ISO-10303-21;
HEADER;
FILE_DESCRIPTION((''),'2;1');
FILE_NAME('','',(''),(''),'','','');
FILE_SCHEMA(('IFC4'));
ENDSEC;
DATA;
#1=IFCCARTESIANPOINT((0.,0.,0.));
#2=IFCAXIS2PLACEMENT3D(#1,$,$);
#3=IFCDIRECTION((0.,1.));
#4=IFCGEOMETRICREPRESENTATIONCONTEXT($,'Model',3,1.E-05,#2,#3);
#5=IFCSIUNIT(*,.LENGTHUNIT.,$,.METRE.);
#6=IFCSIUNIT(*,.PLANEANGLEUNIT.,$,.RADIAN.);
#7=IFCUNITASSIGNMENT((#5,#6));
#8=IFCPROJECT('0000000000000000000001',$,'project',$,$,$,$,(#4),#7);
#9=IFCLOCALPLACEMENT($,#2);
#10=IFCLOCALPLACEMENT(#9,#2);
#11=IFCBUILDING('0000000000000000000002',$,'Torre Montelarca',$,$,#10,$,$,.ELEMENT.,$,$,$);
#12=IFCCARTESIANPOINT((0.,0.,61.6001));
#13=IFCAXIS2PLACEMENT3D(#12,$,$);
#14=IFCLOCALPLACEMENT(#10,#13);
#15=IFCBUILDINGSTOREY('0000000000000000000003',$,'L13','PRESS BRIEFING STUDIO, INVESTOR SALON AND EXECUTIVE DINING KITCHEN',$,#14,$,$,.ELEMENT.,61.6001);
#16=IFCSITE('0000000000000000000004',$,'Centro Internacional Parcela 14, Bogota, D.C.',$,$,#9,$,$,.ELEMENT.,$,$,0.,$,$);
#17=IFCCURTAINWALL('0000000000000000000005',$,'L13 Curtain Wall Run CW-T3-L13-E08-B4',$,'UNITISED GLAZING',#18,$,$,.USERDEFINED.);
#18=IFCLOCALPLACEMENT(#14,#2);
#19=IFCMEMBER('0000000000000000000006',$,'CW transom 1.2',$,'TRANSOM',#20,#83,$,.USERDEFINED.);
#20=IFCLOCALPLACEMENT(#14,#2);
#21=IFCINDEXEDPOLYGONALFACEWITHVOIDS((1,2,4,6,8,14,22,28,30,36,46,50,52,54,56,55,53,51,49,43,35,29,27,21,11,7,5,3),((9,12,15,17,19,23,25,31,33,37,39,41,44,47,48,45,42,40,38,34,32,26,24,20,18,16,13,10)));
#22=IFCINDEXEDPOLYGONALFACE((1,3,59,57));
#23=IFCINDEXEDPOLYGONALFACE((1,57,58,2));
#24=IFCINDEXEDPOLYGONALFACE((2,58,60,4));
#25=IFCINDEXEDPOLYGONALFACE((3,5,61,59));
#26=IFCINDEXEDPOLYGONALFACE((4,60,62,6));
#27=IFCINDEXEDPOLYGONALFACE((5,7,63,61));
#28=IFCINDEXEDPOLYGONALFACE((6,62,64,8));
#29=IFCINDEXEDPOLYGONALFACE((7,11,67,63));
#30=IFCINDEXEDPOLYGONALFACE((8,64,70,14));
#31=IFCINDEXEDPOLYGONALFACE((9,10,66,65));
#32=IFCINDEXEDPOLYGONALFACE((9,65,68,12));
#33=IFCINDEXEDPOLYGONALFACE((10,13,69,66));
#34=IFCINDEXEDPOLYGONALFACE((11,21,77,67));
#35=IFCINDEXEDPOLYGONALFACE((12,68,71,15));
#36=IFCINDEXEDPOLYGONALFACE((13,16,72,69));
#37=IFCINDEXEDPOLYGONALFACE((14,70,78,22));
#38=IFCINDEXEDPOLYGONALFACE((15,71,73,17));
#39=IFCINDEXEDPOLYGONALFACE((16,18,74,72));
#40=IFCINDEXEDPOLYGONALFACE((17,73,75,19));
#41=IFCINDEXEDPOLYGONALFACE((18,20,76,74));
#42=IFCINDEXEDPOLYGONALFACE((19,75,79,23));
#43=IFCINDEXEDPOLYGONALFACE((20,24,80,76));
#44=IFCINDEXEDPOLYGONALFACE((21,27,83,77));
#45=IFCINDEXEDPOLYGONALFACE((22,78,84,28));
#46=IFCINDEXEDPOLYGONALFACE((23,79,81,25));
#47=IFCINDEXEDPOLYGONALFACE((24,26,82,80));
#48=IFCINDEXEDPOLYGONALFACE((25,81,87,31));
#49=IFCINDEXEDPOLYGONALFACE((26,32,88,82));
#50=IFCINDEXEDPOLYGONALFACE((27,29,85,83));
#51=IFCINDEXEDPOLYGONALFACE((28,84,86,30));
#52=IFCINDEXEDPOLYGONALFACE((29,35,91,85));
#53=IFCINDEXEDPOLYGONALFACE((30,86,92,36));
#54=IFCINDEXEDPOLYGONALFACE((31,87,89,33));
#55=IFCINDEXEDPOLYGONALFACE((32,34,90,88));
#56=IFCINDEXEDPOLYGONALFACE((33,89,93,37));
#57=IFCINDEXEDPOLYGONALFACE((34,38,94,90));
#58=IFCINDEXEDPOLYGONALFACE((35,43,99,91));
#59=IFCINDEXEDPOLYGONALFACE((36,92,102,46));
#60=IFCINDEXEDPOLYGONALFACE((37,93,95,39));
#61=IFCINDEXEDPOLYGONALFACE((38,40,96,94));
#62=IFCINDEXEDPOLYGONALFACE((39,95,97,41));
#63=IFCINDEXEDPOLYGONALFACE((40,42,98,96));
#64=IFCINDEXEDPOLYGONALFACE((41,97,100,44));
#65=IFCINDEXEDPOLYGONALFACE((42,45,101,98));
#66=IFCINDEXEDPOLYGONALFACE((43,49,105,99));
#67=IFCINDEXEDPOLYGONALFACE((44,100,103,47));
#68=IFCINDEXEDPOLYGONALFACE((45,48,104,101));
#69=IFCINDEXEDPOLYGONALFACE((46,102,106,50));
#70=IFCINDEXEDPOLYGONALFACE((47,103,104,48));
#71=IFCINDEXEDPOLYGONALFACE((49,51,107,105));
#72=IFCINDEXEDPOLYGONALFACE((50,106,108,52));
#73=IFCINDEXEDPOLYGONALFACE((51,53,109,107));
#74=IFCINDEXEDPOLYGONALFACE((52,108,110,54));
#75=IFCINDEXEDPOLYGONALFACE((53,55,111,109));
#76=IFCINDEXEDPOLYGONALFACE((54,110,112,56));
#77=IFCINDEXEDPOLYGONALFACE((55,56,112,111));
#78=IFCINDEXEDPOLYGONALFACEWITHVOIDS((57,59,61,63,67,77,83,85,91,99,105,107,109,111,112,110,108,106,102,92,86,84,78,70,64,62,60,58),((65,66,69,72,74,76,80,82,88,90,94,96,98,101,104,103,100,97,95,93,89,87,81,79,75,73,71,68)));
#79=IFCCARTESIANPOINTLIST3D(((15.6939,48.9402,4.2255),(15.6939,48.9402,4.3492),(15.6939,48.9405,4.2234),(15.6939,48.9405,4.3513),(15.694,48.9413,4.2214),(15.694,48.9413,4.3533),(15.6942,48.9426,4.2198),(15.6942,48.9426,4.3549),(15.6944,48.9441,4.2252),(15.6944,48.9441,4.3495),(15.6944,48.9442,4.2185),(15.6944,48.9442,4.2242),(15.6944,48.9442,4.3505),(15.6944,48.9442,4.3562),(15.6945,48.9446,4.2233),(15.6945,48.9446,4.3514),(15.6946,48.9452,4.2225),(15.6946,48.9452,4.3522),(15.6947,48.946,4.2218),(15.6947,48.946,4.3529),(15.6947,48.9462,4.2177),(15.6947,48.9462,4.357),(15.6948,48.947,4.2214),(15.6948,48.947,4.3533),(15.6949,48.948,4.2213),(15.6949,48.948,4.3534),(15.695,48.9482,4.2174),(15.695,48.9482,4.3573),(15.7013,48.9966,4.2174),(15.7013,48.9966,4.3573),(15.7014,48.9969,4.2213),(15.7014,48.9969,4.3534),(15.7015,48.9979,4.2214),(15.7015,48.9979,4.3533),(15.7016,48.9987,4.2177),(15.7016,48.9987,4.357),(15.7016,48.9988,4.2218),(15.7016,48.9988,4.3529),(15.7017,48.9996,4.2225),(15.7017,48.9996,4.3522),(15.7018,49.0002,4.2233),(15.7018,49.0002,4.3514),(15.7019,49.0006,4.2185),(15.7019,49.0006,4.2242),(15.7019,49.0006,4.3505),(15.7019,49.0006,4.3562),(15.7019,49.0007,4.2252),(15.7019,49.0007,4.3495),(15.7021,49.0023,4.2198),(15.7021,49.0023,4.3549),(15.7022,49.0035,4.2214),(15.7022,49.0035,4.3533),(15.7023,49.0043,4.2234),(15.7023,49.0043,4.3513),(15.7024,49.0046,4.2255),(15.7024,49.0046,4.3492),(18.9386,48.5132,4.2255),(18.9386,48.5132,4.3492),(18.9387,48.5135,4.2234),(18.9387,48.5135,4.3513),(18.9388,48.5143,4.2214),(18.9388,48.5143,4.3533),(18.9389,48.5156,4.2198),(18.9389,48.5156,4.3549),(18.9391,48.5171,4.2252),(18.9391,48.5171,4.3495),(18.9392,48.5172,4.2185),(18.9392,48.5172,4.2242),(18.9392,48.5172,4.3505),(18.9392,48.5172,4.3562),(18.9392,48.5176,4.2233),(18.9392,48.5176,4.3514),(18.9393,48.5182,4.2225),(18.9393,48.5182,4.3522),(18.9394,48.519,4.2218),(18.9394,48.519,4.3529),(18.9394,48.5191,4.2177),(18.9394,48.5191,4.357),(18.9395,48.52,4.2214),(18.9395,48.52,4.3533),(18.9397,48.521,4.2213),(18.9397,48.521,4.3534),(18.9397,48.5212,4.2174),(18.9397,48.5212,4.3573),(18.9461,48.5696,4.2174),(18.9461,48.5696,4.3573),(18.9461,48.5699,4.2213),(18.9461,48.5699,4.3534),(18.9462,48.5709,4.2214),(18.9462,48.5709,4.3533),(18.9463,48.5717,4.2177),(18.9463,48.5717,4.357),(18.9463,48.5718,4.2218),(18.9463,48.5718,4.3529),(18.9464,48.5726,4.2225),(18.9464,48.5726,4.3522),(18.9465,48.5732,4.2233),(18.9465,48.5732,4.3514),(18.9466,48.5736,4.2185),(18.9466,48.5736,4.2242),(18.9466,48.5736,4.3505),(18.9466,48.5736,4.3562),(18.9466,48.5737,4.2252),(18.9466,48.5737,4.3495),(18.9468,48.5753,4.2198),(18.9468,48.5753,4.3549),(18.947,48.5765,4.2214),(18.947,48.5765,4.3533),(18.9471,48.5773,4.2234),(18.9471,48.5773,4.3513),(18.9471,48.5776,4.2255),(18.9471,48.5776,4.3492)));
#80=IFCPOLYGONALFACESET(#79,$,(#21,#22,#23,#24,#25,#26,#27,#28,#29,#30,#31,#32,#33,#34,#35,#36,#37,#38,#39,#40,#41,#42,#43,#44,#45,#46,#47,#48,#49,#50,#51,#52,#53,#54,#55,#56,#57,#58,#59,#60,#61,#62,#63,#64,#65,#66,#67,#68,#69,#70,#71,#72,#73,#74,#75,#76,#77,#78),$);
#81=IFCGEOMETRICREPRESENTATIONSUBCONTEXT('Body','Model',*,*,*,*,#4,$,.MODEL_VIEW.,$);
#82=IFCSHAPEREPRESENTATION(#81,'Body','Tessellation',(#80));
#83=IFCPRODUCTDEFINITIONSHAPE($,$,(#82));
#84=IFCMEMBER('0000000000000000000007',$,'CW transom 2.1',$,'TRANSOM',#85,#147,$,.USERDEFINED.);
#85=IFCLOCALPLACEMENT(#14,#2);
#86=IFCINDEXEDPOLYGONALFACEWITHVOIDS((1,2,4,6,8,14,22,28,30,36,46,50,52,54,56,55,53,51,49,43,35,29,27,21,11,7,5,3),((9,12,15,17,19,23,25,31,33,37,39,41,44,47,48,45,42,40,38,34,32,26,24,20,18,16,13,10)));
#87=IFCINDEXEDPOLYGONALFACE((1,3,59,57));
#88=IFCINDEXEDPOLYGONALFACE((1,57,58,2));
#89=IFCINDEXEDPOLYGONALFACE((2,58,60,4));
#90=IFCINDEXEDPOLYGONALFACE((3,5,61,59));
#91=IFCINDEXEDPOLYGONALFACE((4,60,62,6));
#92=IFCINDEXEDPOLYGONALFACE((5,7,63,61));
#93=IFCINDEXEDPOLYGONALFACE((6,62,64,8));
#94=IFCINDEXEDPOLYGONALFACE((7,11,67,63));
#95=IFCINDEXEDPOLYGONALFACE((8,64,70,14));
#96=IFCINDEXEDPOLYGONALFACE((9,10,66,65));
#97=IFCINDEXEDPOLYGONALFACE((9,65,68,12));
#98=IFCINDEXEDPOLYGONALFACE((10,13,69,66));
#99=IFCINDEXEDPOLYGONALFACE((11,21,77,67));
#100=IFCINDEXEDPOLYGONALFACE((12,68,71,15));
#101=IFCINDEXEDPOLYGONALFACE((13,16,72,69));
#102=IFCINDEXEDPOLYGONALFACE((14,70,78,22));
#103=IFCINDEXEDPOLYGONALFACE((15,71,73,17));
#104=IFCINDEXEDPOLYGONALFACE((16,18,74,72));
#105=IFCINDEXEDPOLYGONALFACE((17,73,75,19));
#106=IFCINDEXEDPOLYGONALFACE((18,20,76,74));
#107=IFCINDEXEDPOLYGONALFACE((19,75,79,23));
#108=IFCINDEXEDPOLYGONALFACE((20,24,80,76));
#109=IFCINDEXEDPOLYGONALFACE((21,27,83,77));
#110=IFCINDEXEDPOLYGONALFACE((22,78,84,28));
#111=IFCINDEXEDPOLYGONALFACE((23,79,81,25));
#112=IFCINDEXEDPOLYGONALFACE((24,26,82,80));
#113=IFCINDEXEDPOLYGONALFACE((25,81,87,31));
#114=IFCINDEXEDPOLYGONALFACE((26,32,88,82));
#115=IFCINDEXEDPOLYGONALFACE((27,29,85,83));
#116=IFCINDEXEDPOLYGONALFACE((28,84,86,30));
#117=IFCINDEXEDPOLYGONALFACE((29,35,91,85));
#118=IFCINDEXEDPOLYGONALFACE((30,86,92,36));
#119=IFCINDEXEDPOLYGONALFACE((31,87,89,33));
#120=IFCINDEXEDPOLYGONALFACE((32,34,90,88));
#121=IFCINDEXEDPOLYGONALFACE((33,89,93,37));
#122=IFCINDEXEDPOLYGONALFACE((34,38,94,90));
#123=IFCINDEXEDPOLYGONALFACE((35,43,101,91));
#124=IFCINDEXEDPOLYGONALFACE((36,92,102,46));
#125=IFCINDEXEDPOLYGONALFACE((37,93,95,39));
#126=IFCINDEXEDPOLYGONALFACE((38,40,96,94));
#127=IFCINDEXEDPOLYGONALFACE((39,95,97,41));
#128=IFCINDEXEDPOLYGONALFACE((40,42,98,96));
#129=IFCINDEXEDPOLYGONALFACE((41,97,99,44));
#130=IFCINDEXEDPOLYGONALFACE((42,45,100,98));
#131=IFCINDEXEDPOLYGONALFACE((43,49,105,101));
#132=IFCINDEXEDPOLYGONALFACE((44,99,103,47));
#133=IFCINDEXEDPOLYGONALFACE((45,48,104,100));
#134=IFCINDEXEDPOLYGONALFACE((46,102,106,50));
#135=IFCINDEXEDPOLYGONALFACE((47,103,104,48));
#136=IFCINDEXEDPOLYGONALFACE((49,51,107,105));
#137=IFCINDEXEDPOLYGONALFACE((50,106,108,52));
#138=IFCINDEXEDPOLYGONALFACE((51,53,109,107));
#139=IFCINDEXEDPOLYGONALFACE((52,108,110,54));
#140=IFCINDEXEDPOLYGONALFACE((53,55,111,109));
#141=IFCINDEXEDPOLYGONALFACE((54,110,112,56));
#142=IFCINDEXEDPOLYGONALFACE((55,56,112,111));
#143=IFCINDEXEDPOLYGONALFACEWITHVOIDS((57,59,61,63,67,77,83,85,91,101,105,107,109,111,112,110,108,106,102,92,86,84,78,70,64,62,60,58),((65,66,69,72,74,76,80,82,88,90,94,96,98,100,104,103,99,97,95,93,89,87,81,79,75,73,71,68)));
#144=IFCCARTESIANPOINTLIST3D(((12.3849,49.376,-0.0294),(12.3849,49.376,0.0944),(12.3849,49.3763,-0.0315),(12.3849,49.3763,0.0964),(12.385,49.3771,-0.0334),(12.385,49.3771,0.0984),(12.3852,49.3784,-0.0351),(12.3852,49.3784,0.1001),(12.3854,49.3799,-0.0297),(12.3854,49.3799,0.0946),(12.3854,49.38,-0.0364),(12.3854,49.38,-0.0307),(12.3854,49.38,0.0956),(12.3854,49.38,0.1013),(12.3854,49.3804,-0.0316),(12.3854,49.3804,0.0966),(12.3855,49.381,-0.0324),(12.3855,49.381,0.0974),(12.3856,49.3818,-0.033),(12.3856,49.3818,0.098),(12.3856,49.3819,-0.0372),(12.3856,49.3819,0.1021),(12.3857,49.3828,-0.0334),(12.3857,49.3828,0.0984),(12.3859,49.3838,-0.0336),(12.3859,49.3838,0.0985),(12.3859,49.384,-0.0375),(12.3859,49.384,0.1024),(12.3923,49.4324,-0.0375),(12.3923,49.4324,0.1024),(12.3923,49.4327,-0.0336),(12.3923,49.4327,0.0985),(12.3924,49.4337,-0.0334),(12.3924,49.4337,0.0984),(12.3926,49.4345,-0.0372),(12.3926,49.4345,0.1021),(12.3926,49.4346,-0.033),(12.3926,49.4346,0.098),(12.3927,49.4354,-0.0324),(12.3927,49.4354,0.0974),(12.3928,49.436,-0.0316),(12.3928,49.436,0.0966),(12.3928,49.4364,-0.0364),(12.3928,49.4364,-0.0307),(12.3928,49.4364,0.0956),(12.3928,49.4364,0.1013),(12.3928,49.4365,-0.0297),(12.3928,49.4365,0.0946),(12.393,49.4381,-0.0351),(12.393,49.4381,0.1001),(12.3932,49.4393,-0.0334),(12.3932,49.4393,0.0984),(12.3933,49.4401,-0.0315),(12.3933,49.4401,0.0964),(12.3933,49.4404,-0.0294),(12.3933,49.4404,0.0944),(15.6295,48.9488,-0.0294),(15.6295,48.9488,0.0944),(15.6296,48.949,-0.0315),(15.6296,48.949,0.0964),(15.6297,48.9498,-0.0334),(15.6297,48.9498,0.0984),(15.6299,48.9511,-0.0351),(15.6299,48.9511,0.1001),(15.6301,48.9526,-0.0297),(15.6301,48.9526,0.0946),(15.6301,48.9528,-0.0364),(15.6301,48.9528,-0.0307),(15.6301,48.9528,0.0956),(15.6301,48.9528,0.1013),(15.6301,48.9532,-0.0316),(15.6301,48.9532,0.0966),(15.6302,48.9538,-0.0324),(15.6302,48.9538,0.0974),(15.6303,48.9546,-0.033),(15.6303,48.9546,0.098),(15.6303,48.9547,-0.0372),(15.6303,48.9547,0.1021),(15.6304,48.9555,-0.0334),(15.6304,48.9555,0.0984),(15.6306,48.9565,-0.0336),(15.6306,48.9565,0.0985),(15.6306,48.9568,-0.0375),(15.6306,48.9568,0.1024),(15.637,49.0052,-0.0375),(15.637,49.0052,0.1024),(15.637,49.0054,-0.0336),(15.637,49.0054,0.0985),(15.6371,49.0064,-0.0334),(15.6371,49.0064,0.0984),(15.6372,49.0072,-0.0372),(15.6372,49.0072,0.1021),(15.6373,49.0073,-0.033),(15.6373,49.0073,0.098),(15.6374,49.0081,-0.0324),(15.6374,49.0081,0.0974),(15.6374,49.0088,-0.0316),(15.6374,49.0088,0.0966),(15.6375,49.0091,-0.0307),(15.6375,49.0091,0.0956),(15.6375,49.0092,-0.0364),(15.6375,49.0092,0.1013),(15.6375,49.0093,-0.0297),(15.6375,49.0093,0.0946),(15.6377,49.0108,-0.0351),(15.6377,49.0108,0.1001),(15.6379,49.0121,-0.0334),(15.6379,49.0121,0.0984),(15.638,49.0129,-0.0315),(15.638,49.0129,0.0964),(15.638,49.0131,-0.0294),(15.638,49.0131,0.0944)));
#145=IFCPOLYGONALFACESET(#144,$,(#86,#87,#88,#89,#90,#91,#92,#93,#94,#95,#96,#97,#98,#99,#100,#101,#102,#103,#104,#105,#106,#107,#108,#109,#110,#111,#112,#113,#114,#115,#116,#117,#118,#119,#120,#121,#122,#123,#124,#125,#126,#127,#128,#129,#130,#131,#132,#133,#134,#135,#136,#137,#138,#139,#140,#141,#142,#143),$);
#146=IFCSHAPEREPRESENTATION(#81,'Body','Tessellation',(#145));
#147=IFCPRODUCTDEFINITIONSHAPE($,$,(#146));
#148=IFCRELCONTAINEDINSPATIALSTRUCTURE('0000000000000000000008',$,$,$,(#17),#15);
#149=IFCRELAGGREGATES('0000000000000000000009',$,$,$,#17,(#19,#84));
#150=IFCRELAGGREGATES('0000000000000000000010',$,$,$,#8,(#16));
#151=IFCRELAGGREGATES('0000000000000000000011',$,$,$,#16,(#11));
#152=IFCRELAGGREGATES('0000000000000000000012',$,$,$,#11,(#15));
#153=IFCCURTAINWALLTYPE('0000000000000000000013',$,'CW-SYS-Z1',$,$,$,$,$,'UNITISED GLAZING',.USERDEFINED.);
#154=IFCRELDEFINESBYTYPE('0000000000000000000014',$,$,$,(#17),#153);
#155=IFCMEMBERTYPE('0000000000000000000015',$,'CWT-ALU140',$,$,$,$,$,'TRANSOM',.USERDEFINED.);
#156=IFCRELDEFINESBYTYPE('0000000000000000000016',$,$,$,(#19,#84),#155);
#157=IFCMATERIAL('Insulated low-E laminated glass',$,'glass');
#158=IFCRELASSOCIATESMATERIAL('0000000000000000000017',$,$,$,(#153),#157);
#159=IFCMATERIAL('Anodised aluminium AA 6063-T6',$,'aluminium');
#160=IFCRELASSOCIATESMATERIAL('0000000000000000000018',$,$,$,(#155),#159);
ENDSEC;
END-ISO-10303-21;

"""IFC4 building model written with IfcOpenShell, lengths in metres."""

from ifc_helpers import new_model, si_unit, direction, frame, origin, origin_2d, place, context, subcontext, project, spatial, hollow_rectangle, extrude, source, transform, mapped, material, material_profile, profile_set, type_object, element, aggregate, save


model = new_model("IFC4")

# Units and contexts
model_context = context("Model", 3, precision=1e-05, world=origin(), true_north=direction((0.0, 1.0)))
body_context = subcontext(model_context, "Body", "Model", "MODEL_VIEW")
ifc_project = project(units=[si_unit("LENGTHUNIT", "METRE"), si_unit("PLANEANGLEUNIT", "RADIAN")], contexts=[model_context])

# Site, building, storey
site_placement = place(None, origin())
site = spatial("IfcSite", under=ifc_project, at=site_placement, Name="Centro Internacional Parcela 14, Bogota, D.C.", CompositionType="ELEMENT", RefElevation=0.0)
building_placement = place(site_placement, origin())
building = spatial("IfcBuilding", under=site, at=building_placement, Name="Torre Montelarca", CompositionType="ELEMENT")
storey_placement = place(building_placement, frame((0.0, 0.0, 61.6001)))
storey = spatial("IfcBuildingStorey", under=building, at=storey_placement, Name="L13", Description="PRESS BRIEFING STUDIO, INVESTOR SALON AND EXECUTIVE DINING KITCHEN", CompositionType="ELEMENT", Elevation=61.6001)

# Curtain wall, members
ifc_material_1 = material(Name="Insulated low-E laminated glass", Category="glass")
curtain_wall_type = type_object("IfcCurtainWallType", Name="CW-SYS-Z1", ElementType="UNITISED GLAZING", PredefinedType="USERDEFINED", material=ifc_material_1)
curtain_wall_1_placement = place(storey_placement, origin())
curtain_wall_1 = element("IfcCurtainWall", 1, at=curtain_wall_1_placement, inside=storey, type_object=curtain_wall_type, Name="L13 Curtain Wall Run CW-T3-L13-E08-B4", ObjectType="UNITISED GLAZING", PredefinedType="USERDEFINED")
ifc_material_2 = material(Name="Anodised aluminium AA 6063-T6", Category="aluminium")
ifc_material_profile_1 = material_profile(ifc_material_2, hollow_rectangle(XDim=0.0649, YDim=0.1399, WallThickness=0.0039, InnerFilletRadius=0.0039, OuterFilletRadius=0.0081, at=origin_2d()), Name="ALU65X140X4", Category="aluminium")
ifc_profile_set_1 = profile_set([ifc_material_profile_1], Name="Anodised aluminium AA 6063-T6")
member_type_1 = type_object("IfcMemberType", Name="CWT-ALU140", ElementType="TRANSOM", PredefinedType="USERDEFINED", material=ifc_profile_set_1)
shared_shape_1 = source(origin(), body_context, "Body", "SweptSolid", [
    extrude(hollow_rectangle(XDim=0.0649, YDim=0.1399, WallThickness=0.0039, InnerFilletRadius=0.0039, OuterFilletRadius=0.0081, at=origin_2d()), origin(), (0.0, 0.0, 1.0), 3.2727),
])
member_1_placement = place(storey_placement, frame((18.9429, 48.5454, 4.2874), z_axis=(-0.991451, 0.130478, 0.0), x_axis=(-0.130478, -0.991451, 0.0)))
member_1 = element("IfcMember", 2, at=member_1_placement, type_object=member_type_1, Name="CW transom 1.2", ObjectType="TRANSOM", PredefinedType="USERDEFINED", context=body_context, shape_type="MappedRepresentation", body=[
    mapped(shared_shape_1, transform((0.0, 0.0, 0.0), scale=1.0)),
])
member_2_placement = place(storey_placement, frame((15.6338, 48.981, 0.0325), z_axis=(-0.991442, 0.130551, 0.0), x_axis=(-0.130551, -0.991442, 0.0)))
member_2 = element("IfcMember", 3, at=member_2_placement, type_object=member_type_1, Name="CW transom 2.1", ObjectType="TRANSOM", PredefinedType="USERDEFINED", context=body_context, shape_type="MappedRepresentation", body=[
    mapped(shared_shape_1, transform((0.0, 0.0, 0.0), scale=1.0)),
])

aggregate(curtain_wall_1, [member_1, member_2])

save(model, "model.ifc")
